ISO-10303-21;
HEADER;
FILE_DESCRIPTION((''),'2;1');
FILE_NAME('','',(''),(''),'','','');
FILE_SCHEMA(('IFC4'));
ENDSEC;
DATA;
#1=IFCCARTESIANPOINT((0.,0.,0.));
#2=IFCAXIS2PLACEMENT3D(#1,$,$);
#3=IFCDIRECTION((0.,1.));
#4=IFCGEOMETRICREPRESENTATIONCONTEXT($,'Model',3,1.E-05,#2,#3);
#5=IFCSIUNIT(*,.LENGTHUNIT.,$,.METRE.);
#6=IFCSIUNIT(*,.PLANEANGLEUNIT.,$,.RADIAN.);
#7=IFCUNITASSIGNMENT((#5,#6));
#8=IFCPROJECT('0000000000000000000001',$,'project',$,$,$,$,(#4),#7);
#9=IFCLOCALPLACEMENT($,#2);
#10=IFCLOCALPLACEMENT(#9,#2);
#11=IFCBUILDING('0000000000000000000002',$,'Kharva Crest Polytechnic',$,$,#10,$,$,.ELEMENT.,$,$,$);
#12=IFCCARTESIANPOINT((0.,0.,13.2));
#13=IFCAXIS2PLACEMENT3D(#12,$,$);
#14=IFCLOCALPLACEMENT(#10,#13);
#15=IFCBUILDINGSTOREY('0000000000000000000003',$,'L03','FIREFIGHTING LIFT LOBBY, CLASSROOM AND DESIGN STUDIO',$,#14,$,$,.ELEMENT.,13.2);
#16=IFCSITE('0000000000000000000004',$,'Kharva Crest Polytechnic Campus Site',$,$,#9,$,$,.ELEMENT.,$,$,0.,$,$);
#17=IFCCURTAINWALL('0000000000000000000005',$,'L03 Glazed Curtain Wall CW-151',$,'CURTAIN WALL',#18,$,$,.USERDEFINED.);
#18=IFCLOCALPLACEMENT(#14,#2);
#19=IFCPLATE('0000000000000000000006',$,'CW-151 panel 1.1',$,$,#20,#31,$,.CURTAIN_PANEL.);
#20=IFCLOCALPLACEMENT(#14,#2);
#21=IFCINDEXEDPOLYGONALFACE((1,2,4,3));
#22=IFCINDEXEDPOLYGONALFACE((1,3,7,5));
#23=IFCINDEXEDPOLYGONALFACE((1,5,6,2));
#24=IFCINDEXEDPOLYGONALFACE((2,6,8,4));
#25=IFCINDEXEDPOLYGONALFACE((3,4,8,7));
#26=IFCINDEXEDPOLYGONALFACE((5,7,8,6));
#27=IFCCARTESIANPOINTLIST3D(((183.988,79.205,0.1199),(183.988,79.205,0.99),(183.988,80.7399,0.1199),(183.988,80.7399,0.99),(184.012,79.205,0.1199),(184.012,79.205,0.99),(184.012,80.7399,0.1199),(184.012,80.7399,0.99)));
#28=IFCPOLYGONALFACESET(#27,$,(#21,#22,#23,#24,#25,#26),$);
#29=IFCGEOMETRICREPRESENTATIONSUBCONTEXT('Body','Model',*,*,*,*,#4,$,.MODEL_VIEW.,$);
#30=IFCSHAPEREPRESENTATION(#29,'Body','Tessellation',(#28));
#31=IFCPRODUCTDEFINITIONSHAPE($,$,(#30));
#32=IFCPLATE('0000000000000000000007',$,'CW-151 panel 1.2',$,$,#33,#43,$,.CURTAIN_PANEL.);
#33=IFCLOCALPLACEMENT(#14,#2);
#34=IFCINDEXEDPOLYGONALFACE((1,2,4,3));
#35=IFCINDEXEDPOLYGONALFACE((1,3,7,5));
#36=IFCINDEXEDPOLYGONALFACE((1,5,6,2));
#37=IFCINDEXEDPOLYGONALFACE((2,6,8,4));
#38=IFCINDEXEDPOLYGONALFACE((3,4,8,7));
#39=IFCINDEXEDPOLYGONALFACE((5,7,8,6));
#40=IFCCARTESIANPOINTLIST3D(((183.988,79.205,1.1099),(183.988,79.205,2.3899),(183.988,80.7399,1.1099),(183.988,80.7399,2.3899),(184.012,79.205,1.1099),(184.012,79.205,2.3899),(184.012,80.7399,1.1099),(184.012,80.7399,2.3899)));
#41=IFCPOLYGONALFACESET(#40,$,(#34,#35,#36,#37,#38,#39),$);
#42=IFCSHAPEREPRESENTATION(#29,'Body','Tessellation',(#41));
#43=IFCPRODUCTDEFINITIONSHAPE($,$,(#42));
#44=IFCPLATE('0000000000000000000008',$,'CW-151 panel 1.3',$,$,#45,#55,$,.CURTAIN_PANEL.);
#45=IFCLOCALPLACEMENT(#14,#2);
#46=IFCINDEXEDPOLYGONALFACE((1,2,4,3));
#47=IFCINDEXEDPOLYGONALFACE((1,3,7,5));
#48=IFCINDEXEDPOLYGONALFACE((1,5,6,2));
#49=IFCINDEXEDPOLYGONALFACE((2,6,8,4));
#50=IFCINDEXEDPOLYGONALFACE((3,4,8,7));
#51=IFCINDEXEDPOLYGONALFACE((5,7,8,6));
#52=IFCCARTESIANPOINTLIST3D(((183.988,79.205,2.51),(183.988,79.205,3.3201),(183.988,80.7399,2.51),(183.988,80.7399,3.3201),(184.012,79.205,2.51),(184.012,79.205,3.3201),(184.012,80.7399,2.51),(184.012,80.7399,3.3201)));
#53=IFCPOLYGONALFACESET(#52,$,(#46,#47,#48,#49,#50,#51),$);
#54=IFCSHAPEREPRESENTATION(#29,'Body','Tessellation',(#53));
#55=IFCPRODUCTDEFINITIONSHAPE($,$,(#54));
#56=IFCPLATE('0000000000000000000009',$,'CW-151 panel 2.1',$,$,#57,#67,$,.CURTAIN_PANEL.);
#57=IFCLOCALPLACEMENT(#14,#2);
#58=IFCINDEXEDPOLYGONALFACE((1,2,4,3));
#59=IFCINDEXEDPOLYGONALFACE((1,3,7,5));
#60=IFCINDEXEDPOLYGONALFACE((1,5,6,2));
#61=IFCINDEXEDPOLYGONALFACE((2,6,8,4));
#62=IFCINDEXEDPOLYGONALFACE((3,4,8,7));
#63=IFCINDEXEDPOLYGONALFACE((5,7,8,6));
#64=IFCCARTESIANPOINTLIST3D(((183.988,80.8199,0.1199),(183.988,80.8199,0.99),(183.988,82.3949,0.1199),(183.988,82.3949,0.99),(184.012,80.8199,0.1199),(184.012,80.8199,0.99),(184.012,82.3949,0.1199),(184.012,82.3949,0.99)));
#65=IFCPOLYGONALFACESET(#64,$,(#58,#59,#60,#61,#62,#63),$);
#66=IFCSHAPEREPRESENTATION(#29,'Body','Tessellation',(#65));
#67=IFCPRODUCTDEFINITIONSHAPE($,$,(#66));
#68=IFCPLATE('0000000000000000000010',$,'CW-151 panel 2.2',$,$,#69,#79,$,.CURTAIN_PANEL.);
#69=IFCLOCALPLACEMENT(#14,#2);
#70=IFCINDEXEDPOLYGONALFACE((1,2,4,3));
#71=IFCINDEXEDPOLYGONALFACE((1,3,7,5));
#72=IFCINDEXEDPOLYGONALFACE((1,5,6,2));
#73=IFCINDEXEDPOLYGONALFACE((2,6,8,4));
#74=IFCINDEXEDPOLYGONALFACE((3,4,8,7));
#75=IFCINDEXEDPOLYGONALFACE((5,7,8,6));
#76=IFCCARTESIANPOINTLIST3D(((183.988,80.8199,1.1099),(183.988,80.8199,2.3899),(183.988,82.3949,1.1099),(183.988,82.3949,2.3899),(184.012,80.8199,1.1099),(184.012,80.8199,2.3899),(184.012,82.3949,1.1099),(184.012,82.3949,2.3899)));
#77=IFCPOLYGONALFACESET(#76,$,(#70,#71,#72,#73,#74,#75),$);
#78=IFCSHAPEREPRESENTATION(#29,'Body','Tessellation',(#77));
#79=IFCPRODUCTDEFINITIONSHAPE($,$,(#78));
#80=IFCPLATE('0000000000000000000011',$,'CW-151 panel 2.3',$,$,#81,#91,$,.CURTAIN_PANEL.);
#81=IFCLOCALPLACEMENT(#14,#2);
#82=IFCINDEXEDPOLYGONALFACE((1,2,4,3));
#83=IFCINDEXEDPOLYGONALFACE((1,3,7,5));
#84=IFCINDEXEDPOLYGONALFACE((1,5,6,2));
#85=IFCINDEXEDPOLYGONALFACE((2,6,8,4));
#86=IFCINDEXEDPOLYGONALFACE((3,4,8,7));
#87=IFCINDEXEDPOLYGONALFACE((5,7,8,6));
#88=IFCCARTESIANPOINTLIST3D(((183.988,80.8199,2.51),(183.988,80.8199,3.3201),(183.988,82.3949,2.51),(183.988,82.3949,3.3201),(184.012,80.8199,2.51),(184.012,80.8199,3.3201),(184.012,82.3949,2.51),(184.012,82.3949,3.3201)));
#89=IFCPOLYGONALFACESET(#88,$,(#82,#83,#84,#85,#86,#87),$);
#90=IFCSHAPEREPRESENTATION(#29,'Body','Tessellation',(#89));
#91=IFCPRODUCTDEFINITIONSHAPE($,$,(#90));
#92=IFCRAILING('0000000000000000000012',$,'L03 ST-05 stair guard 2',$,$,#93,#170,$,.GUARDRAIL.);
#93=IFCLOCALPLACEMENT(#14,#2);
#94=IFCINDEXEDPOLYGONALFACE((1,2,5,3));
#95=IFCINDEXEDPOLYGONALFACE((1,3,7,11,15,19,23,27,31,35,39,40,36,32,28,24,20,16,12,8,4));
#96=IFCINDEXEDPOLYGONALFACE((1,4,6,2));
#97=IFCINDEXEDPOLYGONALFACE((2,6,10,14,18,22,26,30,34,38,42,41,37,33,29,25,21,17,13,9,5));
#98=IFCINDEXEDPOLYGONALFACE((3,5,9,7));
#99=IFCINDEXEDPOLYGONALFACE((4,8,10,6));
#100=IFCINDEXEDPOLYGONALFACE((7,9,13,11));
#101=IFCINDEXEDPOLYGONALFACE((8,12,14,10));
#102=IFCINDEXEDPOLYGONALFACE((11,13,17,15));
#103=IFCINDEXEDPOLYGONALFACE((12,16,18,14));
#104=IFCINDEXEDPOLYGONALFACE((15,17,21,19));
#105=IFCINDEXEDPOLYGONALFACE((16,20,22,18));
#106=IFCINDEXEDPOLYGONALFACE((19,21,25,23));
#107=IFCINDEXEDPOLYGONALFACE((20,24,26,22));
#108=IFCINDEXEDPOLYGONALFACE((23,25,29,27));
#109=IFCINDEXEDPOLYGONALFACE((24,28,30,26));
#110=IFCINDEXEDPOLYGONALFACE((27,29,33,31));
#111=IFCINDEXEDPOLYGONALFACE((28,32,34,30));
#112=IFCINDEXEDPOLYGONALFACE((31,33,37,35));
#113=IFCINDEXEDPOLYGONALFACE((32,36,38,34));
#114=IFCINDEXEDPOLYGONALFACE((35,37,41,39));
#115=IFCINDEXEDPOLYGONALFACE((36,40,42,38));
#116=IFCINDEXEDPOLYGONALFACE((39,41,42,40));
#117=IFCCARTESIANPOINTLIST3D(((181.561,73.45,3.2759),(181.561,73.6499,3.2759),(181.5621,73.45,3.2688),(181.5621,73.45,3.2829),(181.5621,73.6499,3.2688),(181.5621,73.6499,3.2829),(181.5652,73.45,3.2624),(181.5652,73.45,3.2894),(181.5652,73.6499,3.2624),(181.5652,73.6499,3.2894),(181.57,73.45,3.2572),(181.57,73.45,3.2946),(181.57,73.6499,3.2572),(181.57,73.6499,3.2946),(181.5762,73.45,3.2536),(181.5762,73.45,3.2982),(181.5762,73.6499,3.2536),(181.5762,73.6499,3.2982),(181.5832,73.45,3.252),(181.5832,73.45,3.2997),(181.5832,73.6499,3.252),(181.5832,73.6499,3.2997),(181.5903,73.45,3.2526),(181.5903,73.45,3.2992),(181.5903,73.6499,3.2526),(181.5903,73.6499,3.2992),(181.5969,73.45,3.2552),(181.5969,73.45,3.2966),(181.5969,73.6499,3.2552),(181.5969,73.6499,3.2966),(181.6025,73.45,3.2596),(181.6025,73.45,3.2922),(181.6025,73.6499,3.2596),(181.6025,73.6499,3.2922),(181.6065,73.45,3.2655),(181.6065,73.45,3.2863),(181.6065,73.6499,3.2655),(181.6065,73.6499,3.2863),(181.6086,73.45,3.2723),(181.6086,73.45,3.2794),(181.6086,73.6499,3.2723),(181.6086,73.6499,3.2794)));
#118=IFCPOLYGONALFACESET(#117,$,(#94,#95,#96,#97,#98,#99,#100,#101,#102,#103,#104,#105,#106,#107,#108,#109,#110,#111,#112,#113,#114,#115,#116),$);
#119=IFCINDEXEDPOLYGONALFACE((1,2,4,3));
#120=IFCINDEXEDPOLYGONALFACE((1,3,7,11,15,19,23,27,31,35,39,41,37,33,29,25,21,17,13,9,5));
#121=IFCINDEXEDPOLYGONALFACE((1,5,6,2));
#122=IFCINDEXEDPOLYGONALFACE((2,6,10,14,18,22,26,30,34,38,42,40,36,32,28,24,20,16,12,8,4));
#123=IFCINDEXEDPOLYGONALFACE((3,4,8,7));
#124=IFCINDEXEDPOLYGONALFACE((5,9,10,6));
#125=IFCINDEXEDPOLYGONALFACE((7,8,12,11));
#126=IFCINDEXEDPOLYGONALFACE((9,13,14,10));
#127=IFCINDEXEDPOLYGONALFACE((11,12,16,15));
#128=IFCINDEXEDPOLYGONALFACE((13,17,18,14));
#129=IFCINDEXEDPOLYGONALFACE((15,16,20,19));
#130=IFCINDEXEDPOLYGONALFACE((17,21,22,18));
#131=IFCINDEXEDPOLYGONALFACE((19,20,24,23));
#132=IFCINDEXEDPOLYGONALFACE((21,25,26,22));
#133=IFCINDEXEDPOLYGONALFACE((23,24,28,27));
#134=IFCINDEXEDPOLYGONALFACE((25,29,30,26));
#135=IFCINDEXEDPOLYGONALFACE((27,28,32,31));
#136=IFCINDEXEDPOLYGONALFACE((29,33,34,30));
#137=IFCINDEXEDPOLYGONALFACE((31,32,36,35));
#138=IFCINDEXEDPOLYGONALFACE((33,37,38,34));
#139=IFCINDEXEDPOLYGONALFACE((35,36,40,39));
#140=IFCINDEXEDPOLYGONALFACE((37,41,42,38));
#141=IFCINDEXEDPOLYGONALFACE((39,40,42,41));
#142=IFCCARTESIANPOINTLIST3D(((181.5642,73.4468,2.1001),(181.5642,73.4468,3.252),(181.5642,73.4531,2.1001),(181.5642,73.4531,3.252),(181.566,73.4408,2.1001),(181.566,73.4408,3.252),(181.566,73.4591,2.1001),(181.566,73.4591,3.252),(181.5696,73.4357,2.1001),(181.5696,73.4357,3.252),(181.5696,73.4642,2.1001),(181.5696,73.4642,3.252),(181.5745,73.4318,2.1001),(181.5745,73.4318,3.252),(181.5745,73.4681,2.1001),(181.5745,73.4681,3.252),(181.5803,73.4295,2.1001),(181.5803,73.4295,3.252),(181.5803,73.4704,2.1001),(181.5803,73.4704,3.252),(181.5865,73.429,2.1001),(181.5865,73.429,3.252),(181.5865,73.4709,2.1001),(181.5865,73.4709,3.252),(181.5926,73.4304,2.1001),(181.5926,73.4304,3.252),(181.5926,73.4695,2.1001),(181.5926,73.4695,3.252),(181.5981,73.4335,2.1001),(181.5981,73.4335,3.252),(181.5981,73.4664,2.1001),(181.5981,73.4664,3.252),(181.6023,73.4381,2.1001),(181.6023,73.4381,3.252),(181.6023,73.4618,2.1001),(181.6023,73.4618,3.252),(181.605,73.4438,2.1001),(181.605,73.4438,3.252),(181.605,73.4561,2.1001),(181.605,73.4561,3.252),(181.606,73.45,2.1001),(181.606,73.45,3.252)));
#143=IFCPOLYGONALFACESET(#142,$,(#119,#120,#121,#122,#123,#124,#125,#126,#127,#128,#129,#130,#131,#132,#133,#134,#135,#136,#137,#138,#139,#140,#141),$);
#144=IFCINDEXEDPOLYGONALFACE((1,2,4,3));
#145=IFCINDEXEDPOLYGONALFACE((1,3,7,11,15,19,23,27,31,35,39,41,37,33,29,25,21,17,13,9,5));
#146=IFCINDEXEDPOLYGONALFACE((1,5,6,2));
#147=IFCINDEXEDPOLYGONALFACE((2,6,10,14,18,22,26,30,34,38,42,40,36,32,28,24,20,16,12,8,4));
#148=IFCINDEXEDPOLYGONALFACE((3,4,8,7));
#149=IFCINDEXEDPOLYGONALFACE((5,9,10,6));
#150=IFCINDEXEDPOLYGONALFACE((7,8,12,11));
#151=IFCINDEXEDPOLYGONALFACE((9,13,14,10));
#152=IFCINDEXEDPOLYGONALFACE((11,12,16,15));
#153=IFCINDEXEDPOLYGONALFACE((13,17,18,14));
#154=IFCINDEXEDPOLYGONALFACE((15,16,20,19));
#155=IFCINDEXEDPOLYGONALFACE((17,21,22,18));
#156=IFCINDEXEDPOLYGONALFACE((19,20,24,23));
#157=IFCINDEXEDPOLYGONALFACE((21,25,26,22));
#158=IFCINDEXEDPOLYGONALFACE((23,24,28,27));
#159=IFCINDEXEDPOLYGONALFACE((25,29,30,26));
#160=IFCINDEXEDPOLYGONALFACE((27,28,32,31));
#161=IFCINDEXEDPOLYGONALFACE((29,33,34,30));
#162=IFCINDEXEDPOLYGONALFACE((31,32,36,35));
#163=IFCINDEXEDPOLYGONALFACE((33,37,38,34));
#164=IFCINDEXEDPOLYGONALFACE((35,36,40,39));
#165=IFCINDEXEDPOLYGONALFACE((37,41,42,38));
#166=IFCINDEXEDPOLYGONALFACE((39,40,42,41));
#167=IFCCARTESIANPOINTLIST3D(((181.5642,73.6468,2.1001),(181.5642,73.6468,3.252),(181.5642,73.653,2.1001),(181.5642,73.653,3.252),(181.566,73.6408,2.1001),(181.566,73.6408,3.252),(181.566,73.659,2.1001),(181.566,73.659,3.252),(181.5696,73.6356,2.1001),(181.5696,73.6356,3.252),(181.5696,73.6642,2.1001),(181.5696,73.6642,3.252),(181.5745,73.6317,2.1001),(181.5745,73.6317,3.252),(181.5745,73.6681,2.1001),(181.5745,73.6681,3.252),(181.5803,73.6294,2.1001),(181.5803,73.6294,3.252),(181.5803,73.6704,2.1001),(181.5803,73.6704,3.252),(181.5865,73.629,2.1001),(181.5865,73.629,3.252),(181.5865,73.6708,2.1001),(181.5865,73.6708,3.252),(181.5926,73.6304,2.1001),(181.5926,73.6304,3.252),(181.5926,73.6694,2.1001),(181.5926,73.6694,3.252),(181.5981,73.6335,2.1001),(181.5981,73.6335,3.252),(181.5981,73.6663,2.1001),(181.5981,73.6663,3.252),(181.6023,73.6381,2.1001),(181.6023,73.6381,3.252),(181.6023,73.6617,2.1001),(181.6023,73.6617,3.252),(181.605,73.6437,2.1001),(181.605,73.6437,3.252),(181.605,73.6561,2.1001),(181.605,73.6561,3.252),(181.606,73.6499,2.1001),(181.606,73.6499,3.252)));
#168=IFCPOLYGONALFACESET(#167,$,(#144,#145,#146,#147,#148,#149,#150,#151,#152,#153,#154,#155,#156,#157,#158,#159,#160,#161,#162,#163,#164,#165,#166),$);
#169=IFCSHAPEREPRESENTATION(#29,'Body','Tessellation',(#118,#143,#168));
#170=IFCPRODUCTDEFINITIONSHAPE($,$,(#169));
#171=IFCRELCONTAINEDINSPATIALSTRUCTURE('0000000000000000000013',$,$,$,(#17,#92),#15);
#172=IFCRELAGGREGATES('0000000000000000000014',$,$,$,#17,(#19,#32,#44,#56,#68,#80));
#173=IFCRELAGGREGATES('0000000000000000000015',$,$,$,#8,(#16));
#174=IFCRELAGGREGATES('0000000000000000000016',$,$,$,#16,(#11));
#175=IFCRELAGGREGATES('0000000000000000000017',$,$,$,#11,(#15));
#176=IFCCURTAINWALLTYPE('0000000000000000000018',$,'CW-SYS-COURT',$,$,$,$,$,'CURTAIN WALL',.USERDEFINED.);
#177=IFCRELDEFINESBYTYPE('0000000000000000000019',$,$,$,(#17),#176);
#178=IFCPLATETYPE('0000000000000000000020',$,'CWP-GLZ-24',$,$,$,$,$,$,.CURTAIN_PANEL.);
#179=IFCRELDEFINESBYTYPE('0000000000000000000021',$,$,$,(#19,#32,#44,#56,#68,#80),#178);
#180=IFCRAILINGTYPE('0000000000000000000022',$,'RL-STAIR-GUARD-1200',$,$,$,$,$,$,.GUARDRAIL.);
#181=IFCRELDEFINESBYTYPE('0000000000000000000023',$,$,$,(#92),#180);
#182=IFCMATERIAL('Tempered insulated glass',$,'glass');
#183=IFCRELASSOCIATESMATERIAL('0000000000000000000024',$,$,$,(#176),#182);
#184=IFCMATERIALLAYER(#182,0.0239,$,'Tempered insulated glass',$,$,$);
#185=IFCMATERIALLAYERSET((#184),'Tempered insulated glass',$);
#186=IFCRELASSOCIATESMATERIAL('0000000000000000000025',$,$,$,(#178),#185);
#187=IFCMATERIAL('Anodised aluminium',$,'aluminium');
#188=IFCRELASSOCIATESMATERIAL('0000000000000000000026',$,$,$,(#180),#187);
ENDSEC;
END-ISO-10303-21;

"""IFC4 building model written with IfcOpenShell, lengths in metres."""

from ifc_helpers import new_model, si_unit, direction, frame, origin, origin_2d, place, context, subcontext, project, spatial, rectangle, circle, extrude, material, layer, layer_set, type_object, element, aggregate, save


model = new_model("IFC4")

# Units and contexts
model_context = context("Model", 3, precision=1e-05, world=origin(), true_north=direction((0.0, 1.0)))
body_context = subcontext(model_context, "Body", "Model", "MODEL_VIEW")
ifc_project = project(units=[si_unit("LENGTHUNIT", "METRE"), si_unit("PLANEANGLEUNIT", "RADIAN")], contexts=[model_context])

# Site, building, storey
site_placement = place(None, origin())
site = spatial("IfcSite", under=ifc_project, at=site_placement, Name="Kharva Crest Polytechnic Campus Site", CompositionType="ELEMENT", RefElevation=0.0)
building_placement = place(site_placement, origin())
building = spatial("IfcBuilding", under=site, at=building_placement, Name="Kharva Crest Polytechnic", CompositionType="ELEMENT")
storey_placement = place(building_placement, frame((0.0, 0.0, 13.2)))
storey = spatial("IfcBuildingStorey", under=building, at=storey_placement, Name="L03", Description="FIREFIGHTING LIFT LOBBY, CLASSROOM AND DESIGN STUDIO", CompositionType="ELEMENT", Elevation=13.2)

# Curtain wall
ifc_material_1 = material(Name="Tempered insulated glass", Category="glass")
curtain_wall_type = type_object("IfcCurtainWallType", Name="CW-SYS-COURT", ElementType="CURTAIN WALL", PredefinedType="USERDEFINED", material=ifc_material_1)
curtain_wall_placement = place(storey_placement, origin())
curtain_wall = element("IfcCurtainWall", 1, at=curtain_wall_placement, inside=storey, type_object=curtain_wall_type, Name="L03 Glazed Curtain Wall CW-151", ObjectType="CURTAIN WALL", PredefinedType="USERDEFINED")

# Plates
ifc_layer = layer(ifc_material_1, 0.0239, Name="Tempered insulated glass")
ifc_layer_set = layer_set([ifc_layer], Name="Tempered insulated glass")
plate_type = type_object("IfcPlateType", Name="CWP-GLZ-24", PredefinedType="CURTAIN_PANEL", material=ifc_layer_set)
plate_1_placement = place(storey_placement, frame((184.0, 79.9724, 0.1199), z_axis=(0.0, 0.0, 1.0), x_axis=(0.0, 1.0, 0.0)))
plate_1 = element("IfcPlate", 2, at=plate_1_placement, type_object=plate_type, Name="CW-151 panel 1.1", PredefinedType="CURTAIN_PANEL", context=body_context, shape_type="SweptSolid", body=[
    extrude(rectangle(XDim=1.5349, YDim=0.0239, at=origin_2d()), origin(), (0.0, 0.0, 1.0), 0.8701),
])
plate_2_placement = place(storey_placement, frame((184.0, 79.9724, 1.1099), z_axis=(0.0, 0.0, 1.0), x_axis=(0.0, 1.0, 0.0)))
plate_2 = element("IfcPlate", 3, at=plate_2_placement, type_object=plate_type, Name="CW-151 panel 1.2", PredefinedType="CURTAIN_PANEL", context=body_context, shape_type="SweptSolid", body=[
    extrude(rectangle(XDim=1.5349, YDim=0.0239, at=origin_2d()), origin(), (0.0, 0.0, 1.0), 1.28),
])
plate_3_placement = place(storey_placement, frame((184.0, 79.9724, 2.51), z_axis=(0.0, 0.0, 1.0), x_axis=(0.0, 1.0, 0.0)))
plate_3 = element("IfcPlate", 4, at=plate_3_placement, type_object=plate_type, Name="CW-151 panel 1.3", PredefinedType="CURTAIN_PANEL", context=body_context, shape_type="SweptSolid", body=[
    extrude(rectangle(XDim=1.5349, YDim=0.0239, at=origin_2d()), origin(), (0.0, 0.0, 1.0), 0.8101),
])
plate_4_placement = place(storey_placement, frame((184.0, 81.6074, 0.1199), z_axis=(0.0, 0.0, 1.0), x_axis=(0.0, 1.0, 0.0)))
plate_4 = element("IfcPlate", 5, at=plate_4_placement, type_object=plate_type, Name="CW-151 panel 2.1", PredefinedType="CURTAIN_PANEL", context=body_context, shape_type="SweptSolid", body=[
    extrude(rectangle(XDim=1.575, YDim=0.0239, at=origin_2d()), origin(), (0.0, 0.0, 1.0), 0.8701),
])
plate_5_placement = place(storey_placement, frame((184.0, 81.6074, 1.1099), z_axis=(0.0, 0.0, 1.0), x_axis=(0.0, 1.0, 0.0)))
plate_5 = element("IfcPlate", 6, at=plate_5_placement, type_object=plate_type, Name="CW-151 panel 2.2", PredefinedType="CURTAIN_PANEL", context=body_context, shape_type="SweptSolid", body=[
    extrude(rectangle(XDim=1.575, YDim=0.0239, at=origin_2d()), origin(), (0.0, 0.0, 1.0), 1.28),
])
plate_6_placement = place(storey_placement, frame((184.0, 81.6074, 2.51), z_axis=(0.0, 0.0, 1.0), x_axis=(0.0, 1.0, 0.0)))
plate_6 = element("IfcPlate", 7, at=plate_6_placement, type_object=plate_type, Name="CW-151 panel 2.3", PredefinedType="CURTAIN_PANEL", context=body_context, shape_type="SweptSolid", body=[
    extrude(rectangle(XDim=1.575, YDim=0.0239, at=origin_2d()), origin(), (0.0, 0.0, 1.0), 0.8101),
])
aggregate(curtain_wall, [plate_1, plate_2, plate_3, plate_4, plate_5, plate_6])

# Railing
ifc_material_2 = material(Name="Anodised aluminium", Category="aluminium")
railing_type = type_object("IfcRailingType", Name="RL-STAIR-GUARD-1200", PredefinedType="GUARDRAIL", material=ifc_material_2)
railing_placement = place(storey_placement, frame((181.585, 73.45, 2.1001)))
element("IfcRailing", 8, at=railing_placement, inside=storey, type_object=railing_type, Name="L03 ST-05 stair guard 2", PredefinedType="GUARDRAIL", context=body_context, shape_type="SweptSolid", body=[
    extrude(circle(Radius=0.0239, at=origin_2d()), frame((0.0, 0.0, 1.1758), z_axis=(0.0, 1.0, 0.0), x_axis=(-1.0, 0.0, 0.0)), (0.0, 0.0, 1.0), 0.2),
    extrude(circle(Radius=0.021, at=origin_2d()), origin(), (0.0, 0.0, 1.0), 1.1519),
    extrude(circle(Radius=0.021, at=origin_2d()), frame((0.0, 0.2, 0.0)), (0.0, 0.0, 1.0), 1.1519),
])

save(model, "model.ifc")
